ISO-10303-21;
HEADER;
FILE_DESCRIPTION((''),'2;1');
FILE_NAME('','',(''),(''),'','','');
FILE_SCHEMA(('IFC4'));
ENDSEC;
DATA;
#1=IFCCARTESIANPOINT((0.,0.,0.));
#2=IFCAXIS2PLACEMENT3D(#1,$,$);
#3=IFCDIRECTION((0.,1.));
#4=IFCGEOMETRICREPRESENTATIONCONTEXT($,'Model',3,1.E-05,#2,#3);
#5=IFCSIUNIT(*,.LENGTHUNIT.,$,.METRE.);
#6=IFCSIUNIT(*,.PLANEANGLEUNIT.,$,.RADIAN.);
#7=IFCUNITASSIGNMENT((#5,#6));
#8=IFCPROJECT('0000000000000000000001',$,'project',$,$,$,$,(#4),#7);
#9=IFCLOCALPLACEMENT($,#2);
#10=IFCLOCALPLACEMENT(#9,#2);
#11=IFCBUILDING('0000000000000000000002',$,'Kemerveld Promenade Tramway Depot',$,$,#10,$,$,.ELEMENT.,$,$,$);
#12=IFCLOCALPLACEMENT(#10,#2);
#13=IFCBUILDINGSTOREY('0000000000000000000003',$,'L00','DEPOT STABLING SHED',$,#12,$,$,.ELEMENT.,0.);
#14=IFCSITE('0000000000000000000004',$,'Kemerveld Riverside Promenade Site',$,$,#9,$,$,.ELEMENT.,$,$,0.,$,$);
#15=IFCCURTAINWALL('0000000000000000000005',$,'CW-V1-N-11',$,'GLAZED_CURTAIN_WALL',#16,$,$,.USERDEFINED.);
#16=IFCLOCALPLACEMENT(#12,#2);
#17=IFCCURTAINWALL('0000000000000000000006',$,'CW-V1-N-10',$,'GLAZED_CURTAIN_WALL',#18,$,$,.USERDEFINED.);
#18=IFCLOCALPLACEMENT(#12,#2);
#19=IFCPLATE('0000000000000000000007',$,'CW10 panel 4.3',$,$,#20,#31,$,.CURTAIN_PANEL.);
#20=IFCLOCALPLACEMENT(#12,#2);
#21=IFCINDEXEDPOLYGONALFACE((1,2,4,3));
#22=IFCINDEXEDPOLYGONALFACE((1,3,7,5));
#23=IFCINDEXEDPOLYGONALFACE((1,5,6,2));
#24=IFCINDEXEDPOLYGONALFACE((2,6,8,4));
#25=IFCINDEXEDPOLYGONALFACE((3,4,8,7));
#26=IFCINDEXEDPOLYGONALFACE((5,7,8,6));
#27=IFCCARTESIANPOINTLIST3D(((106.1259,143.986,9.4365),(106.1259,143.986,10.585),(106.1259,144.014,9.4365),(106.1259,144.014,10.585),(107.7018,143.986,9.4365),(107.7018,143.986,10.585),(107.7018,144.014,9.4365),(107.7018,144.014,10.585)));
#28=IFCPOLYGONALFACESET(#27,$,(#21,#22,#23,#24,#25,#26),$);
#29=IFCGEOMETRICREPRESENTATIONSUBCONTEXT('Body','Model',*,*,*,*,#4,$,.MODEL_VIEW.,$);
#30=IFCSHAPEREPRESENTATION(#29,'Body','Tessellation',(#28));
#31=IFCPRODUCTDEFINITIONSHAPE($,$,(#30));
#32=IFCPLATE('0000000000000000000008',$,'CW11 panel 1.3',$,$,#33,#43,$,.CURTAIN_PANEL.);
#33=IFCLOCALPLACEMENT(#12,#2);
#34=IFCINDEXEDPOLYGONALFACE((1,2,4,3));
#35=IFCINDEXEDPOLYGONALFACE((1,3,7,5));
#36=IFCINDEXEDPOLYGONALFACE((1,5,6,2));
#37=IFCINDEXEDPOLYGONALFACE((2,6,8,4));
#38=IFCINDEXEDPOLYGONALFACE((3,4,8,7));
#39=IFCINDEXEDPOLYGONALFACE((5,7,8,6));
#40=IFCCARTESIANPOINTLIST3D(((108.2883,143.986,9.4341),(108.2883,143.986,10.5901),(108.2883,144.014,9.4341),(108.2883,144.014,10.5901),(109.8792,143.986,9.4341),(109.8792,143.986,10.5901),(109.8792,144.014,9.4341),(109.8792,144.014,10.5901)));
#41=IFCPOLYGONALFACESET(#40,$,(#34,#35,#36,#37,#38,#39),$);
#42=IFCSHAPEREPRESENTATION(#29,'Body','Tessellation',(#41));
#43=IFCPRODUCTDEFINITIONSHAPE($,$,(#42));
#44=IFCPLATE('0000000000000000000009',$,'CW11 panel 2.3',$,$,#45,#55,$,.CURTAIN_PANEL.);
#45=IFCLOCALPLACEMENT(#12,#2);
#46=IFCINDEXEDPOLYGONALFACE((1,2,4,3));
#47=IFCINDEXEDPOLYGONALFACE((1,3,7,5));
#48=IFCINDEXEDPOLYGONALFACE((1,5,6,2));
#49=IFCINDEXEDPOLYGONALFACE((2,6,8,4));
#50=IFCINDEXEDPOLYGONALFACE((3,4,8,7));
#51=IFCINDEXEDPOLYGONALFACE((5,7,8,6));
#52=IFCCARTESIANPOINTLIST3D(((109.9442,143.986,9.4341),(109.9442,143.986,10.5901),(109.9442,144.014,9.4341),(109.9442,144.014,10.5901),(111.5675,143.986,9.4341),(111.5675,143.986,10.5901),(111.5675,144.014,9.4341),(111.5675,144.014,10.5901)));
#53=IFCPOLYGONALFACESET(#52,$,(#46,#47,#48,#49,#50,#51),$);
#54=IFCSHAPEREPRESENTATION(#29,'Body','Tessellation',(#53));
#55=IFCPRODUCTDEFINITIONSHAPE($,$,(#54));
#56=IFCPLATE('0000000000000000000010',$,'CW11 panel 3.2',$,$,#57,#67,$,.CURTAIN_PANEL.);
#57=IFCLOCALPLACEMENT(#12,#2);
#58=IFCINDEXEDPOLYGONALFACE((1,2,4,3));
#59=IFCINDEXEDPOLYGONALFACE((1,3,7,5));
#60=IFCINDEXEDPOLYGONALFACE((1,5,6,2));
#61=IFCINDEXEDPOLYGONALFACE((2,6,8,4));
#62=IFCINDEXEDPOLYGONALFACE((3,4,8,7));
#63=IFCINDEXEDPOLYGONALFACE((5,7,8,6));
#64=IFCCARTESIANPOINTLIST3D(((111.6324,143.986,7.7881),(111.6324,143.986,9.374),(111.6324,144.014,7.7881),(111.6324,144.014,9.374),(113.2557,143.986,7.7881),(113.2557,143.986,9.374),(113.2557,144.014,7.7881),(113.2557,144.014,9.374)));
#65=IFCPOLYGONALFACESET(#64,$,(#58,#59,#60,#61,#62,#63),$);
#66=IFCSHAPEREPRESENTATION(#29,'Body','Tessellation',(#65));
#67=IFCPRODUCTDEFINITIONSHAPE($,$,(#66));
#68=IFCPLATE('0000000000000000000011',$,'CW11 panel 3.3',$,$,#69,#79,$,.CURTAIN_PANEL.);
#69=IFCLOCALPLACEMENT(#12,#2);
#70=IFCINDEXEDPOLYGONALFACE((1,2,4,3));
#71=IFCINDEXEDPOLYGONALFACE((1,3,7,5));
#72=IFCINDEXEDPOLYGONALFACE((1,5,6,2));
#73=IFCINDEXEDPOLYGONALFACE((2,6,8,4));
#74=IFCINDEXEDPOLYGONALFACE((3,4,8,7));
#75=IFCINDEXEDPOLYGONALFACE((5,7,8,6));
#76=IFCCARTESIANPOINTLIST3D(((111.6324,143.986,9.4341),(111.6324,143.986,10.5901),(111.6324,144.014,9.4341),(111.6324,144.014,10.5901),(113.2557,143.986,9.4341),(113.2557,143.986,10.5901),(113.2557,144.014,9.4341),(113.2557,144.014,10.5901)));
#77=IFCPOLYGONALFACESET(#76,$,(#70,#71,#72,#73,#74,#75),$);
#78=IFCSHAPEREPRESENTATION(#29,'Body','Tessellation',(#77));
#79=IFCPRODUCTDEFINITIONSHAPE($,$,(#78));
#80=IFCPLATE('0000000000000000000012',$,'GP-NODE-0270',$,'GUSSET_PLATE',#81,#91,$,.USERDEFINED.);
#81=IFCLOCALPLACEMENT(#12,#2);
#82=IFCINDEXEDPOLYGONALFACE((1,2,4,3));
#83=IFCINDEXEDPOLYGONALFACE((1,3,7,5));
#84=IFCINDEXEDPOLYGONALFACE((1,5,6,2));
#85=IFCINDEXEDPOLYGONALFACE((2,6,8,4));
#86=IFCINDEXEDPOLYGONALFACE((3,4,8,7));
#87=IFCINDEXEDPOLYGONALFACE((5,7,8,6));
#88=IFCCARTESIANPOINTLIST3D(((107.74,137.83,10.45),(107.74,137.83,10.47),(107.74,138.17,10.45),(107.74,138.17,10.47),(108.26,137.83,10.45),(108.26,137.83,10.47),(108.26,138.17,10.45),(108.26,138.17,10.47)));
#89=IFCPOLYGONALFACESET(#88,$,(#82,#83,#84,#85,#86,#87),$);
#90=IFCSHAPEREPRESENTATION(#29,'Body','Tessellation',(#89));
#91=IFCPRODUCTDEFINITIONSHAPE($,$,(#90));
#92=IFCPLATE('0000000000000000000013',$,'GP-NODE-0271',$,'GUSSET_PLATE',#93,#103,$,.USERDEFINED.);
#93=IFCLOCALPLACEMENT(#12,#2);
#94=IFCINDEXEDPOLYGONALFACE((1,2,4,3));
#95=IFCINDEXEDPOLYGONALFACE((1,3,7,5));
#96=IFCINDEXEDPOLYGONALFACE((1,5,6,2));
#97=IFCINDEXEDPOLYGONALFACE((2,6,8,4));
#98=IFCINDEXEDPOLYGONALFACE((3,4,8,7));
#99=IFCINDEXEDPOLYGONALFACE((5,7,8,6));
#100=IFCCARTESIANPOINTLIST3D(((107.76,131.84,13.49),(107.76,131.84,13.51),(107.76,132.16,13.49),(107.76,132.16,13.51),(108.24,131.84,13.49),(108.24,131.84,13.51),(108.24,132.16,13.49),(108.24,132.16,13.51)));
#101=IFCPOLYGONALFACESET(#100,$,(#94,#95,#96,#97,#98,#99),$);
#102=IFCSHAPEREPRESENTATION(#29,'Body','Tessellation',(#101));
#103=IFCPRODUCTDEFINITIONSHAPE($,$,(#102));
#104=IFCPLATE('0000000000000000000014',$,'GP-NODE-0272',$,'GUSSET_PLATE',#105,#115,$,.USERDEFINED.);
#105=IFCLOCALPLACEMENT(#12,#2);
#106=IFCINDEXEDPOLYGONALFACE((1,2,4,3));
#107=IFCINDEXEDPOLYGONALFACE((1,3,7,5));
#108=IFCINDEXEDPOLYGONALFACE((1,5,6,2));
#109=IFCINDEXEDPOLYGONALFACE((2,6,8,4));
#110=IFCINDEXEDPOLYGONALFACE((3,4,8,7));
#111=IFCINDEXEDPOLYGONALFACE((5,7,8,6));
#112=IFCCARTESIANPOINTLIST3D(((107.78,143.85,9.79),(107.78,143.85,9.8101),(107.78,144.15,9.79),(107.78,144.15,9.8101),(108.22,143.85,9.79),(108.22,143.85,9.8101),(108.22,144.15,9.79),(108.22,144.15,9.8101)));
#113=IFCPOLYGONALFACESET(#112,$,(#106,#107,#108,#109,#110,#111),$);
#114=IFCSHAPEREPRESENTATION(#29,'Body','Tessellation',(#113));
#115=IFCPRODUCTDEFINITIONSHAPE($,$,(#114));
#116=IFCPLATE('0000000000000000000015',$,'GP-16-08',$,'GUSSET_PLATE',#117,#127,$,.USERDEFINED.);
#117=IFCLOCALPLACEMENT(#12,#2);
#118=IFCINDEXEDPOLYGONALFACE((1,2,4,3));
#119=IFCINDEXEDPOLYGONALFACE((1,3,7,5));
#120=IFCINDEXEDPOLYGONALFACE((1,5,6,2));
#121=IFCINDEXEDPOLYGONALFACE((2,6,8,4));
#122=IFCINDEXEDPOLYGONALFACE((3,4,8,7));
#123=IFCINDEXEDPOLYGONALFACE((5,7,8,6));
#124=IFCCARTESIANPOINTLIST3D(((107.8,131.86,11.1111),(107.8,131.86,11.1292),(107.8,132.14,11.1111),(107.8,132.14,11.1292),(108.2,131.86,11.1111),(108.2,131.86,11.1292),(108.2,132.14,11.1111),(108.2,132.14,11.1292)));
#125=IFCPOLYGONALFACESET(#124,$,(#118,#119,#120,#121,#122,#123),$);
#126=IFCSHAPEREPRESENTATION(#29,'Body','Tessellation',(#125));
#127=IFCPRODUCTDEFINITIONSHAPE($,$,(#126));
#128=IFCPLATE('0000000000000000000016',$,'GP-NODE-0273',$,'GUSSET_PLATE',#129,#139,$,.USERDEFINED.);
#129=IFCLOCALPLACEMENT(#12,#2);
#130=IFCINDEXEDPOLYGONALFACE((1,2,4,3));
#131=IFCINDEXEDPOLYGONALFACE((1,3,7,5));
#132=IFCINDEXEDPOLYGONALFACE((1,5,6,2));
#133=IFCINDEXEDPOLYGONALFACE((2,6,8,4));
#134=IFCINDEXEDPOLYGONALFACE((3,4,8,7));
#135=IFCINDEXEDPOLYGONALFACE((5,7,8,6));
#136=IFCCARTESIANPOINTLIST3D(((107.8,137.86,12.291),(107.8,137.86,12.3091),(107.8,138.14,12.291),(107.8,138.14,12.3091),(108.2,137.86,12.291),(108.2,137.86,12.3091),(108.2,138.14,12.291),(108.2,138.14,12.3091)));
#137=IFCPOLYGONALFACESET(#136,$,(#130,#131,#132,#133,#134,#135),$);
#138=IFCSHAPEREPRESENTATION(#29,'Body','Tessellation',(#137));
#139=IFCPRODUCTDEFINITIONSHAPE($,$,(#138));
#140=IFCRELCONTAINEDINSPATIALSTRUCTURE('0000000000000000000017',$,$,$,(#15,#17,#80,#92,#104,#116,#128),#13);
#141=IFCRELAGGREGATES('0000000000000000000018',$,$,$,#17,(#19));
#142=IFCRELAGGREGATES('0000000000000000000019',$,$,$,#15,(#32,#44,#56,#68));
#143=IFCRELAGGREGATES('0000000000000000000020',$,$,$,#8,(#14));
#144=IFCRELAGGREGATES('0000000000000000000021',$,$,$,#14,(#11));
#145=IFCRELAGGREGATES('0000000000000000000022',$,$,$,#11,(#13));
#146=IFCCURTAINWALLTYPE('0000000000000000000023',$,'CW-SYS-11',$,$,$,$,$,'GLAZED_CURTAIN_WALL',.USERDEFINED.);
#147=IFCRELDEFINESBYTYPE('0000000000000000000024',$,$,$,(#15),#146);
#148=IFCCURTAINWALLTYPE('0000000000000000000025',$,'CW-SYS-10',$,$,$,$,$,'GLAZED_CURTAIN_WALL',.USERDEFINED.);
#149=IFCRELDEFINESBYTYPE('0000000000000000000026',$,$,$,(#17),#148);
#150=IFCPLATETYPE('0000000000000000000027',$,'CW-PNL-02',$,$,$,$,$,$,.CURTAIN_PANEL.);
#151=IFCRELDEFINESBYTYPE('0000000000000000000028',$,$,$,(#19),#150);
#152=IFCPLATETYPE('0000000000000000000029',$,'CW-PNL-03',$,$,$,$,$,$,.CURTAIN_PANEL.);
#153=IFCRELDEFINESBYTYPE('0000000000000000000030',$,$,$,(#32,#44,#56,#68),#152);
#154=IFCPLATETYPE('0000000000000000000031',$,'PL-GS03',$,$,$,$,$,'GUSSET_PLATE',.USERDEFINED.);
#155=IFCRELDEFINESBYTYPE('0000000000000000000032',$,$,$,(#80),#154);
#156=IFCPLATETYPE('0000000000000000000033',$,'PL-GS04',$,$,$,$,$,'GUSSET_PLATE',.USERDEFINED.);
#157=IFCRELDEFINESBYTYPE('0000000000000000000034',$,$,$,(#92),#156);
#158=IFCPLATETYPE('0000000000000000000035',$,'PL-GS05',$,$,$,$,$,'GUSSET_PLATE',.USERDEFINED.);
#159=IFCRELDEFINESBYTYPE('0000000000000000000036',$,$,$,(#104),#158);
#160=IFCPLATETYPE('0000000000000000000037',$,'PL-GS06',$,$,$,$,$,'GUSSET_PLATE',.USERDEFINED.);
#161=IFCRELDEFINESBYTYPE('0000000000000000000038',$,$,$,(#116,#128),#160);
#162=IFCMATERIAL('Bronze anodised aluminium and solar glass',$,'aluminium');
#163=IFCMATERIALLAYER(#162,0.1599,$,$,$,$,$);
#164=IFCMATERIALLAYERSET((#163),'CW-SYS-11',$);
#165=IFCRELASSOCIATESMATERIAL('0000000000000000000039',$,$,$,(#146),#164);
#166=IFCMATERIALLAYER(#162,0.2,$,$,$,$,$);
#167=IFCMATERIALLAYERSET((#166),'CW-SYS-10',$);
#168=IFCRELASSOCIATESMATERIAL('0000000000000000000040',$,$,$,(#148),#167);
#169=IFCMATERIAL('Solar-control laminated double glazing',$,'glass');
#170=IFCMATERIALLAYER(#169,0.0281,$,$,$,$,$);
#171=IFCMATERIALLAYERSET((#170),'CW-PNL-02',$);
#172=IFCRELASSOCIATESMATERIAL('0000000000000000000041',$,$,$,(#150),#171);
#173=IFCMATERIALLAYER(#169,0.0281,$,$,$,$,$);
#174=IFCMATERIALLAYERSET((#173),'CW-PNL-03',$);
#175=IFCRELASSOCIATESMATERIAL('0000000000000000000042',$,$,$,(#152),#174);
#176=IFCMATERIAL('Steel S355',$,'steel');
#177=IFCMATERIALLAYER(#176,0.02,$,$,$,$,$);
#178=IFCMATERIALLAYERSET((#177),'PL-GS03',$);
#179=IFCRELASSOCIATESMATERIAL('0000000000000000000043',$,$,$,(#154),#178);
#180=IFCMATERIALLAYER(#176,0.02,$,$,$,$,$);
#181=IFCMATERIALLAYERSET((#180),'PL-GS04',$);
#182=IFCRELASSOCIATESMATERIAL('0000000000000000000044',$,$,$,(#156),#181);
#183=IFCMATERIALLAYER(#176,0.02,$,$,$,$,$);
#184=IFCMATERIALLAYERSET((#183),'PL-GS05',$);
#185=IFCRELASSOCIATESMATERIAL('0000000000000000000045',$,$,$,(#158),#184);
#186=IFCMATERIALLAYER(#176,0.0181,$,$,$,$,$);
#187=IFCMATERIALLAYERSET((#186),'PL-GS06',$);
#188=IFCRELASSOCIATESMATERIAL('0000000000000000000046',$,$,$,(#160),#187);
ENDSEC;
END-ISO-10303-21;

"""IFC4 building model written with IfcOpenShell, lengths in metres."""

from ifc_helpers import new_model, si_unit, direction, frame, origin, origin_2d, place, context, subcontext, project, spatial, rectangle, extrude, material, layer, layer_set, type_object, element, aggregate, save


model = new_model("IFC4")

# Units and contexts
model_context = context("Model", 3, precision=1e-05, world=origin(), true_north=direction((0.0, 1.0)))
body_context = subcontext(model_context, "Body", "Model", "MODEL_VIEW")
ifc_project = project(units=[si_unit("LENGTHUNIT", "METRE"), si_unit("PLANEANGLEUNIT", "RADIAN")], contexts=[model_context])

# Site, building, storey
site_placement = place(None, origin())
site = spatial("IfcSite", under=ifc_project, at=site_placement, Name="Kemerveld Riverside Promenade Site", CompositionType="ELEMENT", RefElevation=0.0)
building_placement = place(site_placement, origin())
building = spatial("IfcBuilding", under=site, at=building_placement, Name="Kemerveld Promenade Tramway Depot", CompositionType="ELEMENT")
storey_placement = place(building_placement, origin())
storey = spatial("IfcBuildingStorey", under=building, at=storey_placement, Name="L00", Description="DEPOT STABLING SHED", CompositionType="ELEMENT", Elevation=0.0)

# Shared definitions
ifc_material_1 = material(Name="Steel S355", Category="steel")

# Curtain walls
ifc_material_2 = material(Name="Bronze anodised aluminium and solar glass", Category="aluminium")
ifc_layer_1 = layer(ifc_material_2, 0.1599)
ifc_layer_set_1 = layer_set([ifc_layer_1], Name="CW-SYS-11")
curtain_wall_type_1 = type_object("IfcCurtainWallType", Name="CW-SYS-11", ElementType="GLAZED_CURTAIN_WALL", PredefinedType="USERDEFINED", material=ifc_layer_set_1)
curtain_wall_1_placement = place(storey_placement, origin())
curtain_wall_1 = element("IfcCurtainWall", 1, at=curtain_wall_1_placement, inside=storey, type_object=curtain_wall_type_1, Name="CW-V1-N-11", ObjectType="GLAZED_CURTAIN_WALL", PredefinedType="USERDEFINED")
ifc_layer_2 = layer(ifc_material_2, 0.2)
ifc_layer_set_2 = layer_set([ifc_layer_2], Name="CW-SYS-10")
curtain_wall_type_2 = type_object("IfcCurtainWallType", Name="CW-SYS-10", ElementType="GLAZED_CURTAIN_WALL", PredefinedType="USERDEFINED", material=ifc_layer_set_2)
curtain_wall_2_placement = place(storey_placement, origin())
curtain_wall_2 = element("IfcCurtainWall", 2, at=curtain_wall_2_placement, inside=storey, type_object=curtain_wall_type_2, Name="CW-V1-N-10", ObjectType="GLAZED_CURTAIN_WALL", PredefinedType="USERDEFINED")

# Plates
ifc_material_3 = material(Name="Solar-control laminated double glazing", Category="glass")
ifc_layer_3 = layer(ifc_material_3, 0.0281)
ifc_layer_set_3 = layer_set([ifc_layer_3], Name="CW-PNL-02")
plate_type_1 = type_object("IfcPlateType", Name="CW-PNL-02", PredefinedType="CURTAIN_PANEL", material=ifc_layer_set_3)
plate_1_placement = place(storey_placement, frame((106.9138, 144.0, 9.4365), z_axis=(0.0, 0.0, 1.0), x_axis=(1.0, 0.0, 0.0)))
plate_1 = element("IfcPlate", 3, at=plate_1_placement, type_object=plate_type_1, Name="CW10 panel 4.3", PredefinedType="CURTAIN_PANEL", context=body_context, shape_type="SweptSolid", body=[
    extrude(rectangle(XDim=1.5759, YDim=0.0281, at=origin_2d()), origin(), (0.0, 0.0, 1.0), 1.1484),
])
aggregate(curtain_wall_2, [plate_1])
ifc_layer_4 = layer(ifc_material_3, 0.0281)
ifc_layer_set_4 = layer_set([ifc_layer_4], Name="CW-PNL-03")
plate_type_2 = type_object("IfcPlateType", Name="CW-PNL-03", PredefinedType="CURTAIN_PANEL", material=ifc_layer_set_4)
plate_2_placement = place(storey_placement, frame((109.0837, 144.0, 9.4341), z_axis=(0.0, 0.0, 1.0), x_axis=(1.0, 0.0, 0.0)))
plate_2 = element("IfcPlate", 4, at=plate_2_placement, type_object=plate_type_2, Name="CW11 panel 1.3", PredefinedType="CURTAIN_PANEL", context=body_context, shape_type="SweptSolid", body=[
    extrude(rectangle(XDim=1.5908, YDim=0.0281, at=origin_2d()), origin(), (0.0, 0.0, 1.0), 1.156),
])
plate_3_placement = place(storey_placement, frame((110.7559, 144.0, 9.4341), z_axis=(0.0, 0.0, 1.0), x_axis=(1.0, 0.0, 0.0)))
plate_3 = element("IfcPlate", 5, at=plate_3_placement, type_object=plate_type_2, Name="CW11 panel 2.3", PredefinedType="CURTAIN_PANEL", context=body_context, shape_type="SweptSolid", body=[
    extrude(rectangle(XDim=1.6233, YDim=0.0281, at=origin_2d()), origin(), (0.0, 0.0, 1.0), 1.156),
])
plate_4_placement = place(storey_placement, frame((112.4441, 144.0, 7.7881), z_axis=(0.0, 0.0, 1.0), x_axis=(1.0, 0.0, 0.0)))
plate_4 = element("IfcPlate", 6, at=plate_4_placement, type_object=plate_type_2, Name="CW11 panel 3.2", PredefinedType="CURTAIN_PANEL", context=body_context, shape_type="SweptSolid", body=[
    extrude(rectangle(XDim=1.6233, YDim=0.0281, at=origin_2d()), origin(), (0.0, 0.0, 1.0), 1.5859),
])
plate_5_placement = place(storey_placement, frame((112.4441, 144.0, 9.4341), z_axis=(0.0, 0.0, 1.0), x_axis=(1.0, 0.0, 0.0)))
plate_5 = element("IfcPlate", 7, at=plate_5_placement, type_object=plate_type_2, Name="CW11 panel 3.3", PredefinedType="CURTAIN_PANEL", context=body_context, shape_type="SweptSolid", body=[
    extrude(rectangle(XDim=1.6233, YDim=0.0281, at=origin_2d()), origin(), (0.0, 0.0, 1.0), 1.156),
])
aggregate(curtain_wall_1, [plate_2, plate_3, plate_4, plate_5])

# Plates
ifc_layer_5 = layer(ifc_material_1, 0.02)
ifc_layer_set_5 = layer_set([ifc_layer_5], Name="PL-GS03")
plate_type_3 = type_object("IfcPlateType", Name="PL-GS03", ElementType="GUSSET_PLATE", PredefinedType="USERDEFINED", material=ifc_layer_set_5)
plate_6_placement = place(storey_placement, frame((108.0, 138.0, 10.45), z_axis=(0.0, 0.0, 1.0), x_axis=(1.0, 0.0, 0.0)))
element("IfcPlate", 8, at=plate_6_placement, inside=storey, type_object=plate_type_3, Name="GP-NODE-0270", ObjectType="GUSSET_PLATE", PredefinedType="USERDEFINED", context=body_context, shape_type="SweptSolid", body=[
    extrude(rectangle(XDim=0.52, YDim=0.3401, at=origin_2d()), origin(), (0.0, 0.0, 1.0), 0.02),
])
ifc_layer_6 = layer(ifc_material_1, 0.02)
ifc_layer_set_6 = layer_set([ifc_layer_6], Name="PL-GS04")
plate_type_4 = type_object("IfcPlateType", Name="PL-GS04", ElementType="GUSSET_PLATE", PredefinedType="USERDEFINED", material=ifc_layer_set_6)
plate_7_placement = place(storey_placement, frame((108.0, 132.0, 13.49), z_axis=(0.0, 0.0, 1.0), x_axis=(1.0, 0.0, 0.0)))
element("IfcPlate", 9, at=plate_7_placement, inside=storey, type_object=plate_type_4, Name="GP-NODE-0271", ObjectType="GUSSET_PLATE", PredefinedType="USERDEFINED", context=body_context, shape_type="SweptSolid", body=[
    extrude(rectangle(XDim=0.48, YDim=0.3201, at=origin_2d()), origin(), (0.0, 0.0, 1.0), 0.02),
])
ifc_layer_7 = layer(ifc_material_1, 0.02)
ifc_layer_set_7 = layer_set([ifc_layer_7], Name="PL-GS05")
plate_type_5 = type_object("IfcPlateType", Name="PL-GS05", ElementType="GUSSET_PLATE", PredefinedType="USERDEFINED", material=ifc_layer_set_7)
plate_8_placement = place(storey_placement, frame((108.0, 144.0, 9.79), z_axis=(0.0, 0.0, 1.0), x_axis=(1.0, 0.0, 0.0)))
element("IfcPlate", 10, at=plate_8_placement, inside=storey, type_object=plate_type_5, Name="GP-NODE-0272", ObjectType="GUSSET_PLATE", PredefinedType="USERDEFINED", context=body_context, shape_type="SweptSolid", body=[
    extrude(rectangle(XDim=0.4399, YDim=0.3, at=origin_2d()), origin(), (0.0, 0.0, 1.0), 0.02),
])
ifc_layer_8 = layer(ifc_material_1, 0.0181)
ifc_layer_set_8 = layer_set([ifc_layer_8], Name="PL-GS06")
plate_type_6 = type_object("IfcPlateType", Name="PL-GS06", ElementType="GUSSET_PLATE", PredefinedType="USERDEFINED", material=ifc_layer_set_8)
for number, where, z_axis, x_axis, name in (
    (11, (108.0, 132.0, 11.1111), (0.0, 0.0, 1.0), (1.0, 0.0, 0.0), "GP-16-08"),
    (12, (108.0, 138.0, 12.291), (0.0, 0.0, 1.0), (1.0, 0.0, 0.0), "GP-NODE-0273"),
):
    element("IfcPlate", number, at=place(storey_placement, frame(where, z_axis=z_axis, x_axis=x_axis)), inside=storey, type_object=plate_type_6, Name=name, ObjectType="GUSSET_PLATE", PredefinedType="USERDEFINED", context=body_context, shape_type="SweptSolid", body=[
        extrude(rectangle(XDim=0.3999, YDim=0.28, at=origin_2d()), origin(), (0.0, 0.0, 1.0), 0.0181),
    ])

save(model, "model.ifc")
